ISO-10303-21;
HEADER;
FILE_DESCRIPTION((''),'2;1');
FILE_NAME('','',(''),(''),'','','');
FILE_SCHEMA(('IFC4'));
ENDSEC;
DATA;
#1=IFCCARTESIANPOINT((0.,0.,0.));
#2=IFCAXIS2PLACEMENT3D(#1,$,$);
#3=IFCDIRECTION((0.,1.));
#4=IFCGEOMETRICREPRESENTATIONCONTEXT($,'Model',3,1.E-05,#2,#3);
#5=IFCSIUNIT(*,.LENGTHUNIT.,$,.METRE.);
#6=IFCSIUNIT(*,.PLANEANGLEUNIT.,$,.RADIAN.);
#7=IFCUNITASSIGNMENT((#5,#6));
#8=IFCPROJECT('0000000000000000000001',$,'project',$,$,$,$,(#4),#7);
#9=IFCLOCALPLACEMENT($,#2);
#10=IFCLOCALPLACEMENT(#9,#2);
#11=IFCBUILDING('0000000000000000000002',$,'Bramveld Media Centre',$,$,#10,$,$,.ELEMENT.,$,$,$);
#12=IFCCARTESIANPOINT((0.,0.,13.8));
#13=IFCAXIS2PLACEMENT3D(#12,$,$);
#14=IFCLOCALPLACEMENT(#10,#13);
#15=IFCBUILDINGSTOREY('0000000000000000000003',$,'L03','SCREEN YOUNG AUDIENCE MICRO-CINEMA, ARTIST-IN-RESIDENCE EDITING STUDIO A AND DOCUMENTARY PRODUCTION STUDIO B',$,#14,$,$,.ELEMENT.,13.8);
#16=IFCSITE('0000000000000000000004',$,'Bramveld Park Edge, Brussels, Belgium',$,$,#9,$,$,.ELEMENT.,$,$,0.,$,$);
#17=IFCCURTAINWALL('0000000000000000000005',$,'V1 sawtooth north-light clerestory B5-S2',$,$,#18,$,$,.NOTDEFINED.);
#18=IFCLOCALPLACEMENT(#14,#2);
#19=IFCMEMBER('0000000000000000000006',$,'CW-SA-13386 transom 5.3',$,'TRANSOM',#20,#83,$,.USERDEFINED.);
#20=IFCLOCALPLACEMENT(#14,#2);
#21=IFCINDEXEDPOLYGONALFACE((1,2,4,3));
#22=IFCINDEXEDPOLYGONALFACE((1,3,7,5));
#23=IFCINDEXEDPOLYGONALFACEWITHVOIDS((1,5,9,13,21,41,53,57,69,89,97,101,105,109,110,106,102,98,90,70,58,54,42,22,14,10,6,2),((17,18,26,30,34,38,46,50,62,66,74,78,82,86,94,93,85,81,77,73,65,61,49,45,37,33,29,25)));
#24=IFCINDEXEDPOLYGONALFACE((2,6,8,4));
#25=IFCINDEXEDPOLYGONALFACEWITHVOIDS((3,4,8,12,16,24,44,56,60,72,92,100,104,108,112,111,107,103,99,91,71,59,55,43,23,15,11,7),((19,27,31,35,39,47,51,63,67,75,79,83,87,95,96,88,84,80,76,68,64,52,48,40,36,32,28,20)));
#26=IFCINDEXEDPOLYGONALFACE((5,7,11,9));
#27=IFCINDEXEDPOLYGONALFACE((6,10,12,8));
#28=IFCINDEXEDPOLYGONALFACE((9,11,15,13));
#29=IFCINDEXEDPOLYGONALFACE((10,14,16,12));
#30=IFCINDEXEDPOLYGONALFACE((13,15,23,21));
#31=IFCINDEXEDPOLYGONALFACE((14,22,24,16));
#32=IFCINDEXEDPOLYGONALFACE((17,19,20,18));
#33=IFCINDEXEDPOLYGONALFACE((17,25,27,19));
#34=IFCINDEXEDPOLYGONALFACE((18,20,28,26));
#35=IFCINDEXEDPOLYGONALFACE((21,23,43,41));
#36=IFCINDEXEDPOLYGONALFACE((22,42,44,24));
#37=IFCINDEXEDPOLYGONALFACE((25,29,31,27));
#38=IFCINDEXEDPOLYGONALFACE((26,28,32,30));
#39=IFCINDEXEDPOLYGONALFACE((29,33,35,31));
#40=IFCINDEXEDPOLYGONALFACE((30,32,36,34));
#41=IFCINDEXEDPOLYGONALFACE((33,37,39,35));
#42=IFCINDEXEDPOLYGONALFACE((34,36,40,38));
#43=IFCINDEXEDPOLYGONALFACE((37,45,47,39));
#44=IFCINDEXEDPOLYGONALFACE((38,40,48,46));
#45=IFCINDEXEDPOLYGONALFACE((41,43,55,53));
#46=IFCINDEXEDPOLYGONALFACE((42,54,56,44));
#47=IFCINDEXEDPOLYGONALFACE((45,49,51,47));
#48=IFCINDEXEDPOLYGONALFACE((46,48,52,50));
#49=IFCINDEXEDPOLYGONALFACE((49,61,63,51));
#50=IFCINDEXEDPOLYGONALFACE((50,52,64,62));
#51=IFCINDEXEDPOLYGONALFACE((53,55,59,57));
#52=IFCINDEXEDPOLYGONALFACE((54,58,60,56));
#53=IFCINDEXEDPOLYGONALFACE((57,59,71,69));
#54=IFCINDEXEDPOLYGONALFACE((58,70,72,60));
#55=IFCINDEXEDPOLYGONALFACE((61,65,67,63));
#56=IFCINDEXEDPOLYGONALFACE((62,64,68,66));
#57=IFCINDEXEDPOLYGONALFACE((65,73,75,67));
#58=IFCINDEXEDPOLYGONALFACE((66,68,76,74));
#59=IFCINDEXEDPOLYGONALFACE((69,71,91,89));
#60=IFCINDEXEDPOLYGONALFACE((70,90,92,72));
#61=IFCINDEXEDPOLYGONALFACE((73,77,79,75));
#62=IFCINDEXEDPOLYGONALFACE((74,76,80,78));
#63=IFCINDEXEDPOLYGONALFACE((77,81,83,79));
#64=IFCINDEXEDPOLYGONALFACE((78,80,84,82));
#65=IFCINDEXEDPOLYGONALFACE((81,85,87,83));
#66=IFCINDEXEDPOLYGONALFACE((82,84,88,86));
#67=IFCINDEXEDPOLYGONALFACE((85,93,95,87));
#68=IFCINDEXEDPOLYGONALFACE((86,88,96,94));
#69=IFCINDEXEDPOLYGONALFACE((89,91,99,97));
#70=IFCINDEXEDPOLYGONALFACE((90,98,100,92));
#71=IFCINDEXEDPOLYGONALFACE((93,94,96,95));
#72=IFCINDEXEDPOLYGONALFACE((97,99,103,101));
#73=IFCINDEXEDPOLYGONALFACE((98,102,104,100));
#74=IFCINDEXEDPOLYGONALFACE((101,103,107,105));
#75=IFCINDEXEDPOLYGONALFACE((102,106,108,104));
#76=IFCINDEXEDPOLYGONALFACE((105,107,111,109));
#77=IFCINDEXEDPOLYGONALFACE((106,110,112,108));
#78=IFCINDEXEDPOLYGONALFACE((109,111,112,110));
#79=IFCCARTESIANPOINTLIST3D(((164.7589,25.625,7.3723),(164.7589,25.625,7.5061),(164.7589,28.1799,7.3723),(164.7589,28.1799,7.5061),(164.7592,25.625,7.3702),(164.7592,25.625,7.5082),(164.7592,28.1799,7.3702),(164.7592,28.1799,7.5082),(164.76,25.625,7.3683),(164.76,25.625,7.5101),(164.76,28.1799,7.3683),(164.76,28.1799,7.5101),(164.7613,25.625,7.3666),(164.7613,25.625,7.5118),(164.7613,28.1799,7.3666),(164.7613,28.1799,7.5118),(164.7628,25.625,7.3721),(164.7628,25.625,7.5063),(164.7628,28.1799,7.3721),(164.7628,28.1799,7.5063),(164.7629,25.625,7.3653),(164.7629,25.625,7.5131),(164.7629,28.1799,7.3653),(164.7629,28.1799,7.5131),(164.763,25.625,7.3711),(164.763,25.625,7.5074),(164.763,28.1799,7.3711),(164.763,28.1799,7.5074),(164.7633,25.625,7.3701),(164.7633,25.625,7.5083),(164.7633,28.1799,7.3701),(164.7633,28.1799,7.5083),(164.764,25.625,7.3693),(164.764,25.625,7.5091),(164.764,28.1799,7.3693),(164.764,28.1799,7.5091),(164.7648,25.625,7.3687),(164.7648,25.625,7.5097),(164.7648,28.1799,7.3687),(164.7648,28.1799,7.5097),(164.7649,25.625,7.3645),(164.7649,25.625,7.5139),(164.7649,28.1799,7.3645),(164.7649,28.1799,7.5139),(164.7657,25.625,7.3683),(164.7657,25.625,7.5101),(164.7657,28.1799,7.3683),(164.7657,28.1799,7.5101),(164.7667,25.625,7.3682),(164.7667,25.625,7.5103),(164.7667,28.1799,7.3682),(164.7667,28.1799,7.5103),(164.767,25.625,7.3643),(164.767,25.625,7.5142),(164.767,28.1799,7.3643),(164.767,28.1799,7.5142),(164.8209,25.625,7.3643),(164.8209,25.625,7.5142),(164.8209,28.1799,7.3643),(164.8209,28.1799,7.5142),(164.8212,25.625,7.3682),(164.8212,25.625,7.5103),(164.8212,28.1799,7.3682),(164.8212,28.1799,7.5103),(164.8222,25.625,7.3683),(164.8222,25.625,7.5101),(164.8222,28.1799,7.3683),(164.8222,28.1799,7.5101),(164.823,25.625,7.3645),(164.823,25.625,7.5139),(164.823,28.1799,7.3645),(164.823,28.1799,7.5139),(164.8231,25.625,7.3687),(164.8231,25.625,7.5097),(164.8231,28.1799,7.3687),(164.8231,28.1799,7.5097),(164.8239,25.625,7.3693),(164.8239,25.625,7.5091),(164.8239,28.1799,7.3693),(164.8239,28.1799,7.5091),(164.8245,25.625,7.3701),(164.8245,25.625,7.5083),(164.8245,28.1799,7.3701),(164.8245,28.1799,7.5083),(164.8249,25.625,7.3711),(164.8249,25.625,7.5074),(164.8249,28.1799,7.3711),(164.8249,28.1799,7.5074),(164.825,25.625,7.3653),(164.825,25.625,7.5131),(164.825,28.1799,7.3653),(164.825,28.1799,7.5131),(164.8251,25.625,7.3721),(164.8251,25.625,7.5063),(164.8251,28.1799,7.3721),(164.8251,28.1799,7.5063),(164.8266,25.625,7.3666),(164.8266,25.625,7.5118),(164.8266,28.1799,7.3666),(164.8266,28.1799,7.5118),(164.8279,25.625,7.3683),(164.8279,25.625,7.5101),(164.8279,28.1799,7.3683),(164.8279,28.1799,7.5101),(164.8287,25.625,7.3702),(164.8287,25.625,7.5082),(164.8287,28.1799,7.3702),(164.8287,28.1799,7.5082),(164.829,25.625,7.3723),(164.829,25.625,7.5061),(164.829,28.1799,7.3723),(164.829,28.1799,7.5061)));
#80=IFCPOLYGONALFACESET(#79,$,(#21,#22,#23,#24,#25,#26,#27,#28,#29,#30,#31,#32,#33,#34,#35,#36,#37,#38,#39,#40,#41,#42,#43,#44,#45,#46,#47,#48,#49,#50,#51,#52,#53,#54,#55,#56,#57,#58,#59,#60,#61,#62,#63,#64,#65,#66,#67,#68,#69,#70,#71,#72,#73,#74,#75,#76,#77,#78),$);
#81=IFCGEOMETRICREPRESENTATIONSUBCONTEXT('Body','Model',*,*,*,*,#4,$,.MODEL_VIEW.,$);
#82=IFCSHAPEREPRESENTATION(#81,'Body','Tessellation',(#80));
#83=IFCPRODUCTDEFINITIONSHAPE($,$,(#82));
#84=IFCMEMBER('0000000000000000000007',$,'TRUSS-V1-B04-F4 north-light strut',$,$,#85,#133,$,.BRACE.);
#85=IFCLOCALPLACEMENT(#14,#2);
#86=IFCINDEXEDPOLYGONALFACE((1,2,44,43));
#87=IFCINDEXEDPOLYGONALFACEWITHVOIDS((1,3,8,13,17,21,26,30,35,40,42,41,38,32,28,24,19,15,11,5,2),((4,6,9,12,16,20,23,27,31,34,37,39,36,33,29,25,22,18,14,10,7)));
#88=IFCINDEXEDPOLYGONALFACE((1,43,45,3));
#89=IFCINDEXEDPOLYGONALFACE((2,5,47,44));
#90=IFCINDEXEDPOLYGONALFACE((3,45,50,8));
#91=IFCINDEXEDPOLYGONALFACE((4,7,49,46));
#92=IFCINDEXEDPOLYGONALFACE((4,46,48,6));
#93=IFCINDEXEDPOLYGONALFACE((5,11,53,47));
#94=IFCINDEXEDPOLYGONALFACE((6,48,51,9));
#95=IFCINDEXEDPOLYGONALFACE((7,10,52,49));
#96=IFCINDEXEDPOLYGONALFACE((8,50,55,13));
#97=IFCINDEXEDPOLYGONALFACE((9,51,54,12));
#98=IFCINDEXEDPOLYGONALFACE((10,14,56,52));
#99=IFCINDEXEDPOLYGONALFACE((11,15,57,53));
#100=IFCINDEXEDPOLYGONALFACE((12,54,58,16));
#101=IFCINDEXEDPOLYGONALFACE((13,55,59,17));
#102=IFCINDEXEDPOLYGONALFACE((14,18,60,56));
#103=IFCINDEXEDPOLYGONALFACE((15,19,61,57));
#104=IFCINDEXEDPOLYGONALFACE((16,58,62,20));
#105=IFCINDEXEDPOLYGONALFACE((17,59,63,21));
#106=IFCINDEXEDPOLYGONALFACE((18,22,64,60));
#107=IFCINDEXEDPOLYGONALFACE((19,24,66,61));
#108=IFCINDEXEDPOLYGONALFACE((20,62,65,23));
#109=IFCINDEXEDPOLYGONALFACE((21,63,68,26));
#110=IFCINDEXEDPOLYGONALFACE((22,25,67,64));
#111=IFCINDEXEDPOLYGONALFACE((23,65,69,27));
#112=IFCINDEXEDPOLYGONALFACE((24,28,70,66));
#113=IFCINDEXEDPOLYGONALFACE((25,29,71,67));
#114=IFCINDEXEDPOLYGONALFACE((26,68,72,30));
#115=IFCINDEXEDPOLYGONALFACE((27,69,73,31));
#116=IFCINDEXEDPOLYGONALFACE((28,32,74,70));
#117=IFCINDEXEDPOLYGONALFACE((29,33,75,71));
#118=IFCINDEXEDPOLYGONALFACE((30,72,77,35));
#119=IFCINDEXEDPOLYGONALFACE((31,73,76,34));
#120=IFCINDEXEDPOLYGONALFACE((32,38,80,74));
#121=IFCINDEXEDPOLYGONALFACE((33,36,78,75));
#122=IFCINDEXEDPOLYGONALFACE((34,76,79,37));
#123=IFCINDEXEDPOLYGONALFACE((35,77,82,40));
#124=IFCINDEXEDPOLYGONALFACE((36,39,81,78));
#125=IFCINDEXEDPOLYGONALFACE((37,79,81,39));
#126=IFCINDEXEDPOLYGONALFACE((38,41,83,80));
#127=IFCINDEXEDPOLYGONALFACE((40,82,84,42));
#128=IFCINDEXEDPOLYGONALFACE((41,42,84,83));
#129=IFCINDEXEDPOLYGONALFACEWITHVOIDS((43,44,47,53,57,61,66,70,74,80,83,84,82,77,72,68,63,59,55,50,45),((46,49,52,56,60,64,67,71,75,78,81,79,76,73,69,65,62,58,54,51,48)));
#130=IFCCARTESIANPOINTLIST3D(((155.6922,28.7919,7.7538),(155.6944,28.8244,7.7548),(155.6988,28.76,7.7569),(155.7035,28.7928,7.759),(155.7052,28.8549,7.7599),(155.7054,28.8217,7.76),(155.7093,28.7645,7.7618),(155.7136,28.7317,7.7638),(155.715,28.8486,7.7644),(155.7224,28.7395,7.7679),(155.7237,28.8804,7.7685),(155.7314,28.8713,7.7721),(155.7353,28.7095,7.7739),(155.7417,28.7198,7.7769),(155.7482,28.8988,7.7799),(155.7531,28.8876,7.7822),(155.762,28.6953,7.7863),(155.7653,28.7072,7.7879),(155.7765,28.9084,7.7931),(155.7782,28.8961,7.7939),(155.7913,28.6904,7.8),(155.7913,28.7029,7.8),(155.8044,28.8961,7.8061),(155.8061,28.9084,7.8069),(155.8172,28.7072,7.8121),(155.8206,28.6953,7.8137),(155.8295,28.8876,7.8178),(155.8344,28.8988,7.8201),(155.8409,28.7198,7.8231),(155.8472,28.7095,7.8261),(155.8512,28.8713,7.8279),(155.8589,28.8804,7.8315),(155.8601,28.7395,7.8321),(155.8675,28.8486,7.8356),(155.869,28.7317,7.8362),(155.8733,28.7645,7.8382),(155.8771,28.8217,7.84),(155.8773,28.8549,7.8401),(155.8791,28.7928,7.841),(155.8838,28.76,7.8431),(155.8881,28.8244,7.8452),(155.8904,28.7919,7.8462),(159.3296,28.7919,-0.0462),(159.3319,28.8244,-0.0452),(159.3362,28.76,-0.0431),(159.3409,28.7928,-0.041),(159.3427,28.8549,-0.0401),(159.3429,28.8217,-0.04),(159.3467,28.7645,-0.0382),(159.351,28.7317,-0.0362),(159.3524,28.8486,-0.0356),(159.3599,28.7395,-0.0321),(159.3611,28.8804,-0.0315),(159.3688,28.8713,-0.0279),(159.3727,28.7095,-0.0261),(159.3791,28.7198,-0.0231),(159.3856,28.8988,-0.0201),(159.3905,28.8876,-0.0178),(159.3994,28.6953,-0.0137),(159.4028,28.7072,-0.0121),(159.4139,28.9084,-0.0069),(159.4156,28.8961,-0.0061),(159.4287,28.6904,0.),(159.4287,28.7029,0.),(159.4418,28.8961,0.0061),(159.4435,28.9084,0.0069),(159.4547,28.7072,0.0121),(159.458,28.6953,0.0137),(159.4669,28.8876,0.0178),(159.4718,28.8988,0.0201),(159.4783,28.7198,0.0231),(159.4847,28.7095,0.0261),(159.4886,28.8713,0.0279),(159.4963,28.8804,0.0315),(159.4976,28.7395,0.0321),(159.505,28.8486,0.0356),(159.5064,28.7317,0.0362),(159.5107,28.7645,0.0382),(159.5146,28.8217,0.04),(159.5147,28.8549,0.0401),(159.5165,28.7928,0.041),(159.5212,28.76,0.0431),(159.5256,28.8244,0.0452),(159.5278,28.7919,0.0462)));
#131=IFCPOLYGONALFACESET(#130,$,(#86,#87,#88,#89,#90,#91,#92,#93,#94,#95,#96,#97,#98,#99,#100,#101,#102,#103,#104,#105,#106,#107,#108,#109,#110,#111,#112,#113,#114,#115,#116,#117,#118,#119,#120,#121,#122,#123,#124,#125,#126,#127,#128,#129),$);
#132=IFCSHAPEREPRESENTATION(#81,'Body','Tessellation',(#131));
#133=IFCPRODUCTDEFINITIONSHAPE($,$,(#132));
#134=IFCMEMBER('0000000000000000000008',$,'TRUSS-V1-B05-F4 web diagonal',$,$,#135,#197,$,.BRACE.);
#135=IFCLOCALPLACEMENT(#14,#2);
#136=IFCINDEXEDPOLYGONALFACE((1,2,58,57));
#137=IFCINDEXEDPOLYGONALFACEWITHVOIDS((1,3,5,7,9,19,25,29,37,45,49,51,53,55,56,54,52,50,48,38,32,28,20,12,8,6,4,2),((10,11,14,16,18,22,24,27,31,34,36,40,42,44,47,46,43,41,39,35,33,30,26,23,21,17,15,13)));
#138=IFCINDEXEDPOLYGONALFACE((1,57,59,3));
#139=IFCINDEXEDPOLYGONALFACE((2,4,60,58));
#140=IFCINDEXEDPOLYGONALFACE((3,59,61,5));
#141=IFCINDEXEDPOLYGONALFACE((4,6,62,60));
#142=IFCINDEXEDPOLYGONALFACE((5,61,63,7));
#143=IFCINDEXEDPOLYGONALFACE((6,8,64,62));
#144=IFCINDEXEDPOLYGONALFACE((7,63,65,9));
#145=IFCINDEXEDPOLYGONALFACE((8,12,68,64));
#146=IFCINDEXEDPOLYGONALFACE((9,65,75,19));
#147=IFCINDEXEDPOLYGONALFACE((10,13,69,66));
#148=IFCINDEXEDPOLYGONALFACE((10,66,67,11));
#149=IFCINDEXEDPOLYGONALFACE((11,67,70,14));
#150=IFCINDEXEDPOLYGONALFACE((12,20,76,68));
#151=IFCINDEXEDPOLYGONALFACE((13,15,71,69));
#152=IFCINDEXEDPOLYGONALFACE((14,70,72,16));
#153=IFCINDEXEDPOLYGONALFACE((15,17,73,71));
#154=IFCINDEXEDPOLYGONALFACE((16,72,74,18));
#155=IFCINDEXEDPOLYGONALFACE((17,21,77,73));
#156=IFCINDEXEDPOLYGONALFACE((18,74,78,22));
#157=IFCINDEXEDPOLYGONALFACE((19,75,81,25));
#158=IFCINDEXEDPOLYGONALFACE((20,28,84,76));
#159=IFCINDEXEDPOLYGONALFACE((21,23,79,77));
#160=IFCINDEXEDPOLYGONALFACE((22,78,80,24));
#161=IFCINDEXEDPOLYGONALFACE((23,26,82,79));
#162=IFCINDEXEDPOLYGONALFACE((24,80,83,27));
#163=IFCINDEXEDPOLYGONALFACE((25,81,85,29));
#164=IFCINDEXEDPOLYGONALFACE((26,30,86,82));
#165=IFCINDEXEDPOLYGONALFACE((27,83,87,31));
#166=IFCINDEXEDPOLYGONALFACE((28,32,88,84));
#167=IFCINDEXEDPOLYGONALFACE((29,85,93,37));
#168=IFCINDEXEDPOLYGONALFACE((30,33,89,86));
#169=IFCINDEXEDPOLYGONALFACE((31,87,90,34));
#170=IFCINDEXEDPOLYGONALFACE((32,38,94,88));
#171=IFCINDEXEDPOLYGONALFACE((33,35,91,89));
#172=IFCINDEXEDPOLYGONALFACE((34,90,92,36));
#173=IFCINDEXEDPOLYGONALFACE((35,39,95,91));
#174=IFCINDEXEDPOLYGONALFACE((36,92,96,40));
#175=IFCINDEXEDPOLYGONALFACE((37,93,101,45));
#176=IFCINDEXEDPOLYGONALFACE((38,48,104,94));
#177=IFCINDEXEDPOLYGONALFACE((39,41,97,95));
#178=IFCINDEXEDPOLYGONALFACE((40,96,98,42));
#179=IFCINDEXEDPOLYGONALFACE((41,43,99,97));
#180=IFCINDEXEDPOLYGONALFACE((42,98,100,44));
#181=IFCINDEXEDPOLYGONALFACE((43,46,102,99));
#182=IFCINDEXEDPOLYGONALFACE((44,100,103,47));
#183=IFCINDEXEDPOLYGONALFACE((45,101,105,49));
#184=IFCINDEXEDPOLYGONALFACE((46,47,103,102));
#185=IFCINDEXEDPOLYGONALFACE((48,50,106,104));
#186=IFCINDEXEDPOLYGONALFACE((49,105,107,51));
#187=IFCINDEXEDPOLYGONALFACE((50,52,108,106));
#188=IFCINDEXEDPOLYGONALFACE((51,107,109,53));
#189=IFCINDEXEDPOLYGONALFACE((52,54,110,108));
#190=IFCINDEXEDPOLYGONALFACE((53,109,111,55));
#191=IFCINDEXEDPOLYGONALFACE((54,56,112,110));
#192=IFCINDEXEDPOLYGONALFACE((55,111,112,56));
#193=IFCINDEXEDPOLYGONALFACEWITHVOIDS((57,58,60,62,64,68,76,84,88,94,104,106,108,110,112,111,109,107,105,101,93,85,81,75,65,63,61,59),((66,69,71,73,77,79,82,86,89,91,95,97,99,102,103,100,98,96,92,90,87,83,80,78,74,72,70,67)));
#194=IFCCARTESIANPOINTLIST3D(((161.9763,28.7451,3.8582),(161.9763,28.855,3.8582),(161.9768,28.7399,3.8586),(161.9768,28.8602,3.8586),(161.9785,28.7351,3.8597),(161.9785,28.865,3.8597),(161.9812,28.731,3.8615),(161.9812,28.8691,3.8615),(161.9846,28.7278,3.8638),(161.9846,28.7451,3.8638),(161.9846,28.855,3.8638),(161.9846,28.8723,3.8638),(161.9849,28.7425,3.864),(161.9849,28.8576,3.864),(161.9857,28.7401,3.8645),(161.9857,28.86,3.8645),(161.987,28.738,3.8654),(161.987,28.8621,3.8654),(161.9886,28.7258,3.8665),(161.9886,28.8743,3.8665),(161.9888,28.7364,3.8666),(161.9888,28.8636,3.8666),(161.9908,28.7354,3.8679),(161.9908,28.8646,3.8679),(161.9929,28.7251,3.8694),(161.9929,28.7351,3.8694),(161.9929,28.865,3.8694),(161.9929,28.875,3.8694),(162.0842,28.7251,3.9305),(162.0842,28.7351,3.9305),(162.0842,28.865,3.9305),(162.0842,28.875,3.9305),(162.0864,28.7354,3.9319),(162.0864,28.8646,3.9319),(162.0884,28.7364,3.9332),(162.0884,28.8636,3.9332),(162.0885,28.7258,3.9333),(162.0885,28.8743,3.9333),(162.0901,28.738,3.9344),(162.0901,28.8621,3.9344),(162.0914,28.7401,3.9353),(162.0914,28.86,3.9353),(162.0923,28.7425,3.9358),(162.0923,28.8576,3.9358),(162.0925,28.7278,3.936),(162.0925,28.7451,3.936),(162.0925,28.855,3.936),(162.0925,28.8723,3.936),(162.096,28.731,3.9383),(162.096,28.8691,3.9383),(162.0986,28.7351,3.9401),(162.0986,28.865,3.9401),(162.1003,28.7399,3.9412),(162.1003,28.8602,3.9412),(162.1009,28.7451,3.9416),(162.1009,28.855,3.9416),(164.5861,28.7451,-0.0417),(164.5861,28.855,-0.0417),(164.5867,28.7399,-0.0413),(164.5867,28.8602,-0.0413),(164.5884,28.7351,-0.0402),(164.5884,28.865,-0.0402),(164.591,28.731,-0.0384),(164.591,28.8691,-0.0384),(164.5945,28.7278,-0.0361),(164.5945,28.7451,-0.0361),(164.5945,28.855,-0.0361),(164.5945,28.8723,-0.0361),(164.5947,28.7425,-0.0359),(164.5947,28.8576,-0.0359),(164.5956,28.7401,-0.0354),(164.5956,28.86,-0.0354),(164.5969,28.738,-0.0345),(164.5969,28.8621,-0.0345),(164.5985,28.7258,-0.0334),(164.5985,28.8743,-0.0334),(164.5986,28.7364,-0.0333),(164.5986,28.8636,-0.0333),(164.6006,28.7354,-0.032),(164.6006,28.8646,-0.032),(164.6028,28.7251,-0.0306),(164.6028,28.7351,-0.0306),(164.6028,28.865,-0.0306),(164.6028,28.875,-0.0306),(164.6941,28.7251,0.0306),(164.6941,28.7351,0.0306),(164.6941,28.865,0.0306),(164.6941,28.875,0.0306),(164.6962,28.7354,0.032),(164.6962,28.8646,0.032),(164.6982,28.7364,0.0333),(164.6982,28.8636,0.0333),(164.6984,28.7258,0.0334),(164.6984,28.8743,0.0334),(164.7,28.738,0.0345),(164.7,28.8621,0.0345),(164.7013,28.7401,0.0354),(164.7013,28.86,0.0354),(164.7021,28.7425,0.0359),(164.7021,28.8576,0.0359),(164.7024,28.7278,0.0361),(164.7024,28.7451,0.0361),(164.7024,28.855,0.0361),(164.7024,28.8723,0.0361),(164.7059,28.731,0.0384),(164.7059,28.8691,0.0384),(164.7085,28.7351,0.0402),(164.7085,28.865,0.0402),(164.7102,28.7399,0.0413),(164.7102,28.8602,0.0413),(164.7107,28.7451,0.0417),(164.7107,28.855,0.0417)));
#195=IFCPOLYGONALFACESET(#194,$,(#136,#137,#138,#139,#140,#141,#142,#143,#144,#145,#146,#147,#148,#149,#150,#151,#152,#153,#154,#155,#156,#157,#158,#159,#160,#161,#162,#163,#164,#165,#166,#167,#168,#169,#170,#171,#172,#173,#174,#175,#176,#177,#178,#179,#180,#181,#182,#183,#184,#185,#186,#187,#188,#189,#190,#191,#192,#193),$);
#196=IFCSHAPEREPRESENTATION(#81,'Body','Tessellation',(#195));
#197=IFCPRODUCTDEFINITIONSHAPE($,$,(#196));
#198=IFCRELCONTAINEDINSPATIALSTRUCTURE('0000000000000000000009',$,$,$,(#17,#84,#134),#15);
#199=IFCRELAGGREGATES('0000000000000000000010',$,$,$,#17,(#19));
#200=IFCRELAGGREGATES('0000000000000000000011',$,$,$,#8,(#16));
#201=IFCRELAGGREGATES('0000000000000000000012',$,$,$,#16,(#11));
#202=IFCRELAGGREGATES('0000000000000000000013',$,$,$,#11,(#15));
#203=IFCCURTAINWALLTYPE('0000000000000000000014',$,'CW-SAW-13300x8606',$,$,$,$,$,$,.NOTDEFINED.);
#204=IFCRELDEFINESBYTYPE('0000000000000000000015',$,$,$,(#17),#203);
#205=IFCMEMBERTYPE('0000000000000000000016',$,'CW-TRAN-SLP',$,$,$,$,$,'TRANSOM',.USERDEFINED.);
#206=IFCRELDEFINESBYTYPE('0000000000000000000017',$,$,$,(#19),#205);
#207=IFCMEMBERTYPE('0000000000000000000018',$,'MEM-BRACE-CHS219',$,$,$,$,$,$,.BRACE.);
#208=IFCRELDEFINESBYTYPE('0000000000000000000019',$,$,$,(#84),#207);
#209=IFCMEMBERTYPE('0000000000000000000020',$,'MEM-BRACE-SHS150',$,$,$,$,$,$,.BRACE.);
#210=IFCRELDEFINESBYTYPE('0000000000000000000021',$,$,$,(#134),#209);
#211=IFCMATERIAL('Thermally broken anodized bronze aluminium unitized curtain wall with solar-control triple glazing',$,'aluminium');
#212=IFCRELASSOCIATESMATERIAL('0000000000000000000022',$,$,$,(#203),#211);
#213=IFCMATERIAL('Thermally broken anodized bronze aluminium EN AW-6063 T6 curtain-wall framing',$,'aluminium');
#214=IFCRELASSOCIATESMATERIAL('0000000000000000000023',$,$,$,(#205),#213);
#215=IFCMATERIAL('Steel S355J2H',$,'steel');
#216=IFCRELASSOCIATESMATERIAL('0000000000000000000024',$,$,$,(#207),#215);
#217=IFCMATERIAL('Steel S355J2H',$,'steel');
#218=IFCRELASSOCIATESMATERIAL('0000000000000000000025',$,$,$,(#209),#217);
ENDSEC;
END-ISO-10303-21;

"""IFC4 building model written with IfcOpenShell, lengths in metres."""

from ifc_helpers import new_model, si_unit, direction, frame, origin, origin_2d, place, context, subcontext, project, spatial, hollow_rectangle, hollow_circle, extrude, material, material_profile, profile_set, type_object, element, aggregate, save


model = new_model("IFC4")

# Units and contexts
model_context = context("Model", 3, precision=1e-05, world=origin(), true_north=direction((0.0, 1.0)))
body_context = subcontext(model_context, "Body", "Model", "MODEL_VIEW")
ifc_project = project(units=[si_unit("LENGTHUNIT", "METRE"), si_unit("PLANEANGLEUNIT", "RADIAN")], contexts=[model_context])

# Site, building, storey
site_placement = place(None, origin())
site = spatial("IfcSite", under=ifc_project, at=site_placement, Name="Bramveld Park Edge, Brussels, Belgium", CompositionType="ELEMENT", RefElevation=0.0)
building_placement = place(site_placement, origin())
building = spatial("IfcBuilding", under=site, at=building_placement, Name="Bramveld Media Centre", CompositionType="ELEMENT")
storey_placement = place(building_placement, frame((0.0, 0.0, 13.8)))
storey = spatial("IfcBuildingStorey", under=building, at=storey_placement, Name="L03", Description="SCREEN YOUNG AUDIENCE MICRO-CINEMA, ARTIST-IN-RESIDENCE EDITING STUDIO A AND DOCUMENTARY PRODUCTION STUDIO B", CompositionType="ELEMENT", Elevation=13.8)

# Curtain wall, member
ifc_material_1 = material(Name="Thermally broken anodized bronze aluminium unitized curtain wall with solar-control triple glazing", Category="aluminium")
curtain_wall_type = type_object("IfcCurtainWallType", Name="CW-SAW-13300x8606", PredefinedType="NOTDEFINED", material=ifc_material_1)
ifc_material_2 = material(Name="Thermally broken anodized bronze aluminium EN AW-6063 T6 curtain-wall framing", Category="aluminium")
ifc_material_profile_1 = material_profile(ifc_material_2, hollow_rectangle(XDim=0.0701, YDim=0.1499, WallThickness=0.0039, InnerFilletRadius=0.0039, OuterFilletRadius=0.0081, at=origin_2d()), Name="AL-TRAN 70x150")
ifc_profile_set_1 = profile_set([ifc_material_profile_1], Name="Thermally broken anodized bronze aluminium EN AW-6063 T6 curtain-wall framing")
member_type_1 = type_object("IfcMemberType", Name="CW-TRAN-SLP", ElementType="TRANSOM", PredefinedType="USERDEFINED", material=ifc_profile_set_1)
curtain_wall_1_placement = place(storey_placement, origin())
curtain_wall_1 = element("IfcCurtainWall", 1, at=curtain_wall_1_placement, inside=storey, type_object=curtain_wall_type, Name="V1 sawtooth north-light clerestory B5-S2", PredefinedType="NOTDEFINED")
member_1_placement = place(storey_placement, frame((164.7939, 25.625, 7.4392), z_axis=(0.0, 1.0, 0.0), x_axis=(-1.0, 0.0, 0.0)))
member_1 = element("IfcMember", 2, at=member_1_placement, type_object=member_type_1, Name="CW-SA-13386 transom 5.3", ObjectType="TRANSOM", PredefinedType="USERDEFINED", context=body_context, shape_type="SweptSolid", body=[
    extrude(hollow_rectangle(XDim=0.0701, YDim=0.1499, WallThickness=0.0039, InnerFilletRadius=0.0039, OuterFilletRadius=0.0081, at=origin_2d()), origin(), (0.0, 0.0, 1.0), 2.5549),
])

# Members
ifc_material_3 = material(Name="Steel S355J2H", Category="steel")
ifc_material_profile_2 = material_profile(ifc_material_3, hollow_circle(Radius=0.1096, WallThickness=0.0125, at=origin_2d()), Name="CHS 219.1x12.5")
ifc_profile_set_2 = profile_set([ifc_material_profile_2], Name="Steel S355J2H")
member_type_2 = type_object("IfcMemberType", Name="MEM-BRACE-CHS219", PredefinedType="BRACE", material=ifc_profile_set_2)
member_2_placement = place(storey_placement, frame((159.4287, 28.8, 0.0), z_axis=(-0.42264, 0.0, 0.906298), x_axis=(0.0, -1.0, 0.0)))
element("IfcMember", 3, at=member_2_placement, inside=storey, type_object=member_type_2, Name="TRUSS-V1-B04-F4 north-light strut", PredefinedType="BRACE", context=body_context, shape_type="SweptSolid", body=[
    extrude(hollow_circle(Radius=0.1096, WallThickness=0.0125, at=origin_2d()), origin(), (0.0, 0.0, 1.0), 8.6064),
])
ifc_material_4 = material(Name="Steel S355J2H", Category="steel")
ifc_material_profile_3 = material_profile(ifc_material_4, hollow_rectangle(XDim=0.1499, YDim=0.1499, WallThickness=0.01, InnerFilletRadius=0.01, OuterFilletRadius=0.02, at=origin_2d()), Name="SHS 150x150x10")
ifc_profile_set_3 = profile_set([ifc_material_profile_3], Name="Steel S355J2H")
member_type_3 = type_object("IfcMemberType", Name="MEM-BRACE-SHS150", PredefinedType="BRACE", material=ifc_profile_set_3)
member_3_placement = place(storey_placement, frame((164.6484, 28.8, 0.0), z_axis=(-0.556164, 0.0, 0.831073), x_axis=(0.0, -1.0, 0.0)))
element("IfcMember", 4, at=member_3_placement, inside=storey, type_object=member_type_3, Name="TRUSS-V1-B05-F4 web diagonal", PredefinedType="BRACE", context=body_context, shape_type="SweptSolid", body=[
    extrude(hollow_rectangle(XDim=0.1499, YDim=0.1499, WallThickness=0.01, InnerFilletRadius=0.01, OuterFilletRadius=0.02, at=origin_2d()), origin(), (0.0, 0.0, 1.0), 4.6926),
])

aggregate(curtain_wall_1, [member_1])

save(model, "model.ifc")
